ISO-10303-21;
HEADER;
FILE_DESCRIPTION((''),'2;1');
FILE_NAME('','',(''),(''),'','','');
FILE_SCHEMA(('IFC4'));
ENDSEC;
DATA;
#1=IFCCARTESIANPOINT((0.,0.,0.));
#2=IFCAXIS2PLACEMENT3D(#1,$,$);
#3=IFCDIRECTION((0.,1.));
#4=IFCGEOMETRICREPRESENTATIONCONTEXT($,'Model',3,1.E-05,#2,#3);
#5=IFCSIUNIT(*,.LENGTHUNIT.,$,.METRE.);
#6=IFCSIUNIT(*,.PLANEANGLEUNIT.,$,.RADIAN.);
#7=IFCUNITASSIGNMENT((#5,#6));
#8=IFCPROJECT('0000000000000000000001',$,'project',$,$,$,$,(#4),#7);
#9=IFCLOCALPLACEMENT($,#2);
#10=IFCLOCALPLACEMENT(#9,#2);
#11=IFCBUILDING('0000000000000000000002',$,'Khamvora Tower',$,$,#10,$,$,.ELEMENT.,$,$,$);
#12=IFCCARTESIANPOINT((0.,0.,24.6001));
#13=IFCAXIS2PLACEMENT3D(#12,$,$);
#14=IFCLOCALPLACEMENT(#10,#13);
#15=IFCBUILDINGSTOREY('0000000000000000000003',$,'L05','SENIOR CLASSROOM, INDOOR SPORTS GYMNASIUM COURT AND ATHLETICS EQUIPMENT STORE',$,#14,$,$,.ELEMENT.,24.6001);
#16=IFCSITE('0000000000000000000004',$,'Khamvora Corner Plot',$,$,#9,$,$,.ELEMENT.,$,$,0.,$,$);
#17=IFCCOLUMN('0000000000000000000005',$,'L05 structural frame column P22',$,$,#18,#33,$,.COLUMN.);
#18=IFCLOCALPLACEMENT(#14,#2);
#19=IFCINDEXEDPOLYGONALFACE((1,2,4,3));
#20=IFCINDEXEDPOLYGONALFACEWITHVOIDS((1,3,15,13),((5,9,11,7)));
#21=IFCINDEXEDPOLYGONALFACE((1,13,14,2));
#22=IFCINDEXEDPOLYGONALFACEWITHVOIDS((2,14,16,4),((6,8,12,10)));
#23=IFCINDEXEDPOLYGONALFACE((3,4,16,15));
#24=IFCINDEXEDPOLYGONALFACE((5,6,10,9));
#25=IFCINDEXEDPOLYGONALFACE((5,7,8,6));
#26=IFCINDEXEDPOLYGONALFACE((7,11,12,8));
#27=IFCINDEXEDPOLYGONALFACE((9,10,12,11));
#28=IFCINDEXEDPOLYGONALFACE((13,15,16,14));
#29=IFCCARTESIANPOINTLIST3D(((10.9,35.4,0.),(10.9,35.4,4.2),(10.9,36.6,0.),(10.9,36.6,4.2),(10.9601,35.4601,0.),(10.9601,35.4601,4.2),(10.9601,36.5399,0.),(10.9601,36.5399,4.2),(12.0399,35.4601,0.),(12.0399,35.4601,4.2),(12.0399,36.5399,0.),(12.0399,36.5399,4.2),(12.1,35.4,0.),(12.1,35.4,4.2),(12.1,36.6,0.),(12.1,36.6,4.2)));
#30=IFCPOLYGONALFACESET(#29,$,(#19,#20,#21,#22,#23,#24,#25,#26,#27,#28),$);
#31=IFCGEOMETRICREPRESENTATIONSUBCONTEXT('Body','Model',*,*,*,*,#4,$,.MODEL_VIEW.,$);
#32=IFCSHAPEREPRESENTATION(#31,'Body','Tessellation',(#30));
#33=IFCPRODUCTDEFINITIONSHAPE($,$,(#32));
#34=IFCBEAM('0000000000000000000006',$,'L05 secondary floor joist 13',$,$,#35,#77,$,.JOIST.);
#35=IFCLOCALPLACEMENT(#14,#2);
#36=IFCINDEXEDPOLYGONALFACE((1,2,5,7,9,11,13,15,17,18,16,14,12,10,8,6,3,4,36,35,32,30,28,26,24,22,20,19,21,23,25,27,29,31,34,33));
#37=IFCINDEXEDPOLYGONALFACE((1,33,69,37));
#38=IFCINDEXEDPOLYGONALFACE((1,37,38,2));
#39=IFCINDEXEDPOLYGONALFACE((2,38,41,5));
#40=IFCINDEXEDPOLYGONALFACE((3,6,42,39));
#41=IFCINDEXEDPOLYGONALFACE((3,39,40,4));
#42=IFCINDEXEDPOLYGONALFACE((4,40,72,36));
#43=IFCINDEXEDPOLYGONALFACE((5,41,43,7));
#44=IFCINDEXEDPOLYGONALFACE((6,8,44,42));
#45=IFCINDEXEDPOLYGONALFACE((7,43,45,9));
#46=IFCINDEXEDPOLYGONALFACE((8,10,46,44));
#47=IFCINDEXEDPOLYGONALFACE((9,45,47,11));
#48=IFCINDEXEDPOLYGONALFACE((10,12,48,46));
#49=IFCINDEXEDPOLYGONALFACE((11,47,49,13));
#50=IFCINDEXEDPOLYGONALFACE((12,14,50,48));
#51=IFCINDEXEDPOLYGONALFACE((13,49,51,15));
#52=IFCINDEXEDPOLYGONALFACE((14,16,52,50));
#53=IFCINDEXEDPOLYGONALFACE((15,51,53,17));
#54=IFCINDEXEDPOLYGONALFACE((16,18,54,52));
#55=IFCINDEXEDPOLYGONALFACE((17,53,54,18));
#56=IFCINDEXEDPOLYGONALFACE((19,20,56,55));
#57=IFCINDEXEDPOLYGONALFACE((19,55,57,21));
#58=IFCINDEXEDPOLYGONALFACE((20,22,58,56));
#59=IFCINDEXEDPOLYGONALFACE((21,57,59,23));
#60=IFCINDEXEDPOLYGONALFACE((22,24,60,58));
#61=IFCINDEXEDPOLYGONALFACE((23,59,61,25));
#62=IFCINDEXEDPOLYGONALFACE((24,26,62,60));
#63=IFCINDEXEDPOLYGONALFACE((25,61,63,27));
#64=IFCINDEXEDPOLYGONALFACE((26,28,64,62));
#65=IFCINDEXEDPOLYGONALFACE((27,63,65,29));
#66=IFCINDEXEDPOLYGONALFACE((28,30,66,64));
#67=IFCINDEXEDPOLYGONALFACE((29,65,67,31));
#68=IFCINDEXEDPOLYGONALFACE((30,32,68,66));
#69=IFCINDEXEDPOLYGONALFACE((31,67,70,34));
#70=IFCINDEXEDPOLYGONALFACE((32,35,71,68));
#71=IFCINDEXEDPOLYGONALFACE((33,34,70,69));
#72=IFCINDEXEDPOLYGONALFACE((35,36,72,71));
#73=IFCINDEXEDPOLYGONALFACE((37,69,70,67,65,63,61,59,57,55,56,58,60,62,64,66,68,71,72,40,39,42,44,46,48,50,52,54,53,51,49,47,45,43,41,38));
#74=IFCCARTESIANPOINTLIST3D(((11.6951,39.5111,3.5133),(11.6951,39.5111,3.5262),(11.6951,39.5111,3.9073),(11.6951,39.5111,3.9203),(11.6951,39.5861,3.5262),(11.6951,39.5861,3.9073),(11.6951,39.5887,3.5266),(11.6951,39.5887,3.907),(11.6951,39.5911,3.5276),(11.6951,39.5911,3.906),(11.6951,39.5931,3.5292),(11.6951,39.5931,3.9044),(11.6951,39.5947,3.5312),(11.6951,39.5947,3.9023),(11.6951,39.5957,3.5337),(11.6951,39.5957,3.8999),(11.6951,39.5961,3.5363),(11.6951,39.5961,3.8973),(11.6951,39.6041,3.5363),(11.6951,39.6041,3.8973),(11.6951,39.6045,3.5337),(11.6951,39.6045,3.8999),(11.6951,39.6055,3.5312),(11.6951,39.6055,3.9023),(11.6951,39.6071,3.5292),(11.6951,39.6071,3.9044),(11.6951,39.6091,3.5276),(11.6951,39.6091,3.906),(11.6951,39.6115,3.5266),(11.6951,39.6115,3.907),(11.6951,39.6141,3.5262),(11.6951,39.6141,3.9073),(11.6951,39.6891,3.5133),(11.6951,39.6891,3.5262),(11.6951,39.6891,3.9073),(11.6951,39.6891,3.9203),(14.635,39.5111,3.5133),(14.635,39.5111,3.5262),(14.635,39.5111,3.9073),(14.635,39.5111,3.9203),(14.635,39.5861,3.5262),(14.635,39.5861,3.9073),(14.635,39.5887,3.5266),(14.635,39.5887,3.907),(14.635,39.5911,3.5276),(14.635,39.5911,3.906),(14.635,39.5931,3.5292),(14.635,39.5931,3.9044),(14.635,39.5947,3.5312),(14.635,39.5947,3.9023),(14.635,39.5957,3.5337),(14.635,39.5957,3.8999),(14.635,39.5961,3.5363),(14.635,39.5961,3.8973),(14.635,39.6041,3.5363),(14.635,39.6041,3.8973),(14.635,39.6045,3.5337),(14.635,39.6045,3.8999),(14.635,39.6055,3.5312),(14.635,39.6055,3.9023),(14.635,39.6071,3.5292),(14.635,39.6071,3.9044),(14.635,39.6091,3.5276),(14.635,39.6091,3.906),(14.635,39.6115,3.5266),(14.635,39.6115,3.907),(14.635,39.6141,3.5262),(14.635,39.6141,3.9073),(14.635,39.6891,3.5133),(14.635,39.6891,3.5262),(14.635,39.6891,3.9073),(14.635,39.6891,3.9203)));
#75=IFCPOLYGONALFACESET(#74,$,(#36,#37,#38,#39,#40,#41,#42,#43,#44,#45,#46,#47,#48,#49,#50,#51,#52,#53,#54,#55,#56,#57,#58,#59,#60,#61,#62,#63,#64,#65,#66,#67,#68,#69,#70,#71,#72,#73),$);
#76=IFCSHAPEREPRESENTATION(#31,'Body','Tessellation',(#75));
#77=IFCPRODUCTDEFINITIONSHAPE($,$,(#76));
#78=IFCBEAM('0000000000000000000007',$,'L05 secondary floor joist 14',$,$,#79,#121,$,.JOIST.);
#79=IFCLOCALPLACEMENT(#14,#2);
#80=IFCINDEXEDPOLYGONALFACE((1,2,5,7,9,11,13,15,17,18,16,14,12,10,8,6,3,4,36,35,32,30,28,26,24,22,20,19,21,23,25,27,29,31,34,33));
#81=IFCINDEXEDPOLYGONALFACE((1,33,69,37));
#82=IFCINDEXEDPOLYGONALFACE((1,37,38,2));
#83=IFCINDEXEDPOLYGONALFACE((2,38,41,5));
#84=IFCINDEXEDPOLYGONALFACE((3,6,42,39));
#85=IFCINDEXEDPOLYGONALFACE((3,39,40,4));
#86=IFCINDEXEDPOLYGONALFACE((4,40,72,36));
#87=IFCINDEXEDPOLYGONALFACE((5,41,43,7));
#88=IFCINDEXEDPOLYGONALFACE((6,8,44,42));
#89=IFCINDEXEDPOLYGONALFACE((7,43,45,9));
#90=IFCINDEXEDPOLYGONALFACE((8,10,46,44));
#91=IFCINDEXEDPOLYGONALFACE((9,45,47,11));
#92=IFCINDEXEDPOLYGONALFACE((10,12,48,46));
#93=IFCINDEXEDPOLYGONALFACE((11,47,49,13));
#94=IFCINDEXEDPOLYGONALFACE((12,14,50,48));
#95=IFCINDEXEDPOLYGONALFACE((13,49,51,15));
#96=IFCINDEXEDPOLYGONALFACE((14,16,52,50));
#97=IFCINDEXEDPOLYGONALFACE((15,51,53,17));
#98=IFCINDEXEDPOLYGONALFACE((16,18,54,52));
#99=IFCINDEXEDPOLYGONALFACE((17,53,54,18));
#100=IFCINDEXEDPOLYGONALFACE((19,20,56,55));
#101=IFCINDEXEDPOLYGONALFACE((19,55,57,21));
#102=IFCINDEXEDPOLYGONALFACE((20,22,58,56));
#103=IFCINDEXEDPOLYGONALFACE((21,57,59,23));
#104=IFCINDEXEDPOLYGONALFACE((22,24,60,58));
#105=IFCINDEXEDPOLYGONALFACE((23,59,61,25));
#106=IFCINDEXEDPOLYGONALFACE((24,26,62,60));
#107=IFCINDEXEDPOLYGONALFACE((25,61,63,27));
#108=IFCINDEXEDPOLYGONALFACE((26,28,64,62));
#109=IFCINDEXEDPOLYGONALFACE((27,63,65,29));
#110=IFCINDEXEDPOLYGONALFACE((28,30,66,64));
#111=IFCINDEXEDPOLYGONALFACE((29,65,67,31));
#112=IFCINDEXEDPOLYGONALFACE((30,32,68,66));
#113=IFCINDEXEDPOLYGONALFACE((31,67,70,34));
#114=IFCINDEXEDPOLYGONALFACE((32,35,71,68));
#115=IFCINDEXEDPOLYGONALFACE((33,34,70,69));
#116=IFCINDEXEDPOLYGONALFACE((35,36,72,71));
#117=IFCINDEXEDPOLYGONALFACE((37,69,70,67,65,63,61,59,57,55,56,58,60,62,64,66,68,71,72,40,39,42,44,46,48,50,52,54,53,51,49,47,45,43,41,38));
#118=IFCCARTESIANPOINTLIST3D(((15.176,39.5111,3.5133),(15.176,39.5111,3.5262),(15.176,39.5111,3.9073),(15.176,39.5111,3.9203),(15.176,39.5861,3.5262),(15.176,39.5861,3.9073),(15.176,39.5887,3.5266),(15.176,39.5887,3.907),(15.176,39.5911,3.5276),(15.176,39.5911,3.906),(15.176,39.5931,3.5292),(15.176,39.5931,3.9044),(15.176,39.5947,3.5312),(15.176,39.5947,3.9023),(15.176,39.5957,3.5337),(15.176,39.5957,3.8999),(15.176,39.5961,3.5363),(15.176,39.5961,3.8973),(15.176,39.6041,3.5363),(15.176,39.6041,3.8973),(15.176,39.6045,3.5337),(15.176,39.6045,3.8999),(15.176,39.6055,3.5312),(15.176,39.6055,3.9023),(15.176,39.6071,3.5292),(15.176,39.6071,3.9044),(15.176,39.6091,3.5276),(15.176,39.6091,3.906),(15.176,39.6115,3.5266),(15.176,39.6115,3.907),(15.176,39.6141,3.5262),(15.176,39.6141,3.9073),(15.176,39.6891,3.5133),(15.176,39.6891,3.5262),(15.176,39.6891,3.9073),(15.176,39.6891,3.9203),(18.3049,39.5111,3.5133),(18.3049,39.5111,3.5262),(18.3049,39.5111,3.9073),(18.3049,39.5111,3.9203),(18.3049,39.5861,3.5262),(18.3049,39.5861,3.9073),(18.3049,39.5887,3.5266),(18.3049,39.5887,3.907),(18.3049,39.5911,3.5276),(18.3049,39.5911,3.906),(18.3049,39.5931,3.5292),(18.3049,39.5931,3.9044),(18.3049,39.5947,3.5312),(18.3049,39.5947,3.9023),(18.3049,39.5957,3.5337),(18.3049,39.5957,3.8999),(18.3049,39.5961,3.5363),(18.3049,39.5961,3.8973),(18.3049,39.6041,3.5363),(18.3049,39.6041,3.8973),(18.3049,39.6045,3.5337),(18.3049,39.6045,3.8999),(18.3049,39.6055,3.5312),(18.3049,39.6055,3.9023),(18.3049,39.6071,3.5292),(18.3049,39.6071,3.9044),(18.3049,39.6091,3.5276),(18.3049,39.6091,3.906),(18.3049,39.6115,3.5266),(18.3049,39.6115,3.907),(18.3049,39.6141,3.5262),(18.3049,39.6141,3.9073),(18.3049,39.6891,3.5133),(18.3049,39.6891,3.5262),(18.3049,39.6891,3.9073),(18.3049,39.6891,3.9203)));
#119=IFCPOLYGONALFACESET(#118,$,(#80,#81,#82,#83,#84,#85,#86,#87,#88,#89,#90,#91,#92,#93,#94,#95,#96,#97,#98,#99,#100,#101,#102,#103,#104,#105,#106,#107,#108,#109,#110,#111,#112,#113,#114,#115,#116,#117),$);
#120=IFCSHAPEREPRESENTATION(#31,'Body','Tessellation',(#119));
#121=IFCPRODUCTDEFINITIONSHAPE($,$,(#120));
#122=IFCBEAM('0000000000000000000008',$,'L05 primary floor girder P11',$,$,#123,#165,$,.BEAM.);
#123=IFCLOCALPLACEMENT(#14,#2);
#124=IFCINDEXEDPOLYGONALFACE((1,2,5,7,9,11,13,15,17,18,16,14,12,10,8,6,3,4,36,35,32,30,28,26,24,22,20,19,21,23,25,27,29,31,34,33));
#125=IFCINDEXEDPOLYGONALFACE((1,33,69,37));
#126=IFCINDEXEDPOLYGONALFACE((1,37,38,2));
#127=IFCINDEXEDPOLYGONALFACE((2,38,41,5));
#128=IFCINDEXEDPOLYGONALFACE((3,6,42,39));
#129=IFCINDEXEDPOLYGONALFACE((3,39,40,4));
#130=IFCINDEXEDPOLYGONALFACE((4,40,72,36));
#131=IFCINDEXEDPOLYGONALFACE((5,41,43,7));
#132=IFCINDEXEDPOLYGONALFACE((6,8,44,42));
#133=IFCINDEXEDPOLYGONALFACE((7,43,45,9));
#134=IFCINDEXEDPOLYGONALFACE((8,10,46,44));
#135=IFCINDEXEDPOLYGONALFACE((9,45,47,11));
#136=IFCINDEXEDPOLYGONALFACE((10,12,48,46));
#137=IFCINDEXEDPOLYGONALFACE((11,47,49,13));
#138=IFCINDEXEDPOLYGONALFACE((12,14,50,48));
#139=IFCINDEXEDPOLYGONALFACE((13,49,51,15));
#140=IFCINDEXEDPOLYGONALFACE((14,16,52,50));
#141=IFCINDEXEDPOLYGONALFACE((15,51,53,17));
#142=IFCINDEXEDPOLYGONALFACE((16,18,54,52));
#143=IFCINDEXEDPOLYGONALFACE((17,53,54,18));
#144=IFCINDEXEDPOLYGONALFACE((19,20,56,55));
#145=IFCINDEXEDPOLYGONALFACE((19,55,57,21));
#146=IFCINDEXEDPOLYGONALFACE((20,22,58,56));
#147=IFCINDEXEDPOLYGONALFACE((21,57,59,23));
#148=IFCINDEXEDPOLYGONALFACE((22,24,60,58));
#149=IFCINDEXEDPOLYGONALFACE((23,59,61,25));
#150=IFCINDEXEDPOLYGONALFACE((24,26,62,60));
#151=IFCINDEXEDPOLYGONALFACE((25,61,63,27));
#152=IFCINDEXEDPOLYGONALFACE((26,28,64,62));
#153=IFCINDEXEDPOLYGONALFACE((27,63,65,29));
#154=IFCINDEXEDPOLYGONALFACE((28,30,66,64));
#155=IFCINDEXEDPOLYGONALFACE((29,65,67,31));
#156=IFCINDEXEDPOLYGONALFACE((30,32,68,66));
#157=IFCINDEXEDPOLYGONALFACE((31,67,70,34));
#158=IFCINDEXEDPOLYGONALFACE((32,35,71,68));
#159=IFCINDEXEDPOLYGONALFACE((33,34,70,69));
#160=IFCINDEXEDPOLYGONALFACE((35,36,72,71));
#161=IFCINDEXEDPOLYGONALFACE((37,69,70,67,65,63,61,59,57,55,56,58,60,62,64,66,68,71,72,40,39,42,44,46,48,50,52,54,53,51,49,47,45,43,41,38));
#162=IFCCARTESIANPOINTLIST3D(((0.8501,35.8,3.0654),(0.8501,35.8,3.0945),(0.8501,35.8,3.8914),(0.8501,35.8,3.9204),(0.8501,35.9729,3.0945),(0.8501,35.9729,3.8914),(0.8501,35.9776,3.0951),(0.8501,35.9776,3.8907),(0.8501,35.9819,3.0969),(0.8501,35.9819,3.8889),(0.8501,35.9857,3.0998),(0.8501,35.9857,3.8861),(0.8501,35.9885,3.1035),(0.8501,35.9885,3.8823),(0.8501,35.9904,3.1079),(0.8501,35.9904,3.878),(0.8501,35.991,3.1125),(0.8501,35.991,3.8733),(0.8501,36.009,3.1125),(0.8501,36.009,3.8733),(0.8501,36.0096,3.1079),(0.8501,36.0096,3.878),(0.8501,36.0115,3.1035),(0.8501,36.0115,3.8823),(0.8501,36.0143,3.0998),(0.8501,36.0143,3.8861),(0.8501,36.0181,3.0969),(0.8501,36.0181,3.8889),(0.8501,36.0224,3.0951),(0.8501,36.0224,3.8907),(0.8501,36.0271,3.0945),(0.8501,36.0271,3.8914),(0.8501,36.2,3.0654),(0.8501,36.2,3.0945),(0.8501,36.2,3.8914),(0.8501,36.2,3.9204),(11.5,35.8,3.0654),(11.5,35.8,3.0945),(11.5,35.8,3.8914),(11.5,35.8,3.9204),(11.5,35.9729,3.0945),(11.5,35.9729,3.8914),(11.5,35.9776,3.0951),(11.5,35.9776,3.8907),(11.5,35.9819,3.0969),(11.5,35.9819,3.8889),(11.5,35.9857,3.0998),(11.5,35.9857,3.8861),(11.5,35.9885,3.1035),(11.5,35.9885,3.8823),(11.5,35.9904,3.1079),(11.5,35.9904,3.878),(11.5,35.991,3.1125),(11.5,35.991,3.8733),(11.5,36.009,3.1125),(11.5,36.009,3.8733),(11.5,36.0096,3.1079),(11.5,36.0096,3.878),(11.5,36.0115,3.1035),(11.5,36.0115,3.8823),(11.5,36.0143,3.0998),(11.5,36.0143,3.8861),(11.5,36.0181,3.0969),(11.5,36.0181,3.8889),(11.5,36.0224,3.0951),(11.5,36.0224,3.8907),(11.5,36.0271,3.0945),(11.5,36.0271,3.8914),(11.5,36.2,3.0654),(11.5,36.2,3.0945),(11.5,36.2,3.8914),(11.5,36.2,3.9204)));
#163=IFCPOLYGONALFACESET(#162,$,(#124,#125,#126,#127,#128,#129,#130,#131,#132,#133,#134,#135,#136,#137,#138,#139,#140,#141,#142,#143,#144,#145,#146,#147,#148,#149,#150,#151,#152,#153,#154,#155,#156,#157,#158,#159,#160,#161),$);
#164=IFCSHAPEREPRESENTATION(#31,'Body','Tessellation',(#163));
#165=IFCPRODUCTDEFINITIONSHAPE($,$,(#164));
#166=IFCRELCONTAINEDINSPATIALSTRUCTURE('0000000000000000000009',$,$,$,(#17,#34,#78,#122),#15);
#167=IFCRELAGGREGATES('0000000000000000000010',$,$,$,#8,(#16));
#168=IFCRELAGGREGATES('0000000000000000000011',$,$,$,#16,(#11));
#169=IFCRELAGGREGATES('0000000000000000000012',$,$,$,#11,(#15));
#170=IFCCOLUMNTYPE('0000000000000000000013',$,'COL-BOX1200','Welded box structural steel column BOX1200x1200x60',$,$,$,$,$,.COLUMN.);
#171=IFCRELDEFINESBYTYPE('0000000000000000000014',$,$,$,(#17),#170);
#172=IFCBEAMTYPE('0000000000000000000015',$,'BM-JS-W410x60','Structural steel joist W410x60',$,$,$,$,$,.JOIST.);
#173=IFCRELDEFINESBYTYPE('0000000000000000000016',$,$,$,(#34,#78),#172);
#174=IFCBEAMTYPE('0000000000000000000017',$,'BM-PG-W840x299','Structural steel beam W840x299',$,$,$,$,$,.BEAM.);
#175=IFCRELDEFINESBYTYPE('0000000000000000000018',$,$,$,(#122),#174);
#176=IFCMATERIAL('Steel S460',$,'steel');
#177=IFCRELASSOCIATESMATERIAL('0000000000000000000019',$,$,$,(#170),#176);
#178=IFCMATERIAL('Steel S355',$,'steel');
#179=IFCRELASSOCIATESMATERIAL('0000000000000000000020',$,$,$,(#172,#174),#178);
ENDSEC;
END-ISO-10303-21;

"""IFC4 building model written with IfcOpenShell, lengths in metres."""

from ifc_helpers import new_model, si_unit, direction, frame, origin, origin_2d, place, context, subcontext, project, spatial, hollow_rectangle, i_section, extrude, material, material_profile, profile_set, type_object, element, save


model = new_model("IFC4")

# Units and contexts
model_context = context("Model", 3, precision=1e-05, world=origin(), true_north=direction((0.0, 1.0)))
body_context = subcontext(model_context, "Body", "Model", "MODEL_VIEW")
ifc_project = project(units=[si_unit("LENGTHUNIT", "METRE"), si_unit("PLANEANGLEUNIT", "RADIAN")], contexts=[model_context])

# Site, building, storey
site_placement = place(None, origin())
site = spatial("IfcSite", under=ifc_project, at=site_placement, Name="Khamvora Corner Plot", CompositionType="ELEMENT", RefElevation=0.0)
building_placement = place(site_placement, origin())
building = spatial("IfcBuilding", under=site, at=building_placement, Name="Khamvora Tower", CompositionType="ELEMENT")
storey_placement = place(building_placement, frame((0.0, 0.0, 24.6001)))
storey = spatial("IfcBuildingStorey", under=building, at=storey_placement, Name="L05", Description="SENIOR CLASSROOM, INDOOR SPORTS GYMNASIUM COURT AND ATHLETICS EQUIPMENT STORE", CompositionType="ELEMENT", Elevation=24.6001)

# Column
ifc_material_1 = material(Name="Steel S460", Category="steel")
ifc_material_profile_1 = material_profile(ifc_material_1, hollow_rectangle(XDim=1.2, YDim=1.2, WallThickness=0.0601, at=origin_2d()), Name="BOX1200x1200x60")
ifc_profile_set_1 = profile_set([ifc_material_profile_1], Name="Steel S460")
column_type = type_object("IfcColumnType", Name="COL-BOX1200", Description="Welded box structural steel column BOX1200x1200x60", PredefinedType="COLUMN", material=ifc_profile_set_1)
column_placement = place(storey_placement, frame((11.5, 36.0, 0.0), z_axis=(0.0, 0.0, 1.0), x_axis=(1.0, 0.0, 0.0)))
element("IfcColumn", 1, at=column_placement, inside=storey, type_object=column_type, Name="L05 structural frame column P22", PredefinedType="COLUMN", context=body_context, shape_type="SweptSolid", body=[
    extrude(hollow_rectangle(XDim=1.2, YDim=1.2, WallThickness=0.0601, at=origin_2d()), origin(), (0.0, 0.0, 1.0), 4.2),
])

# Beams
ifc_material_2 = material(Name="Steel S355", Category="steel")
ifc_material_profile_2 = material_profile(ifc_material_2, i_section(OverallWidth=0.178, OverallDepth=0.407, WebThickness=0.0081, FlangeThickness=0.0129, FilletRadius=0.01, at=origin_2d()), Name="W410x60")
ifc_profile_set_2 = profile_set([ifc_material_profile_2], Name="Steel S355")
beam_type_1 = type_object("IfcBeamType", Name="BM-JS-W410x60", Description="Structural steel joist W410x60", PredefinedType="JOIST", material=ifc_profile_set_2)
beam_1_placement = place(storey_placement, frame((11.6951, 39.6001, 3.7168), z_axis=(1.0, 0.0, 0.0), x_axis=(0.0, 1.0, 0.0)))
element("IfcBeam", 2, at=beam_1_placement, inside=storey, type_object=beam_type_1, Name="L05 secondary floor joist 13", PredefinedType="JOIST", context=body_context, shape_type="SweptSolid", body=[
    extrude(i_section(OverallWidth=0.178, OverallDepth=0.407, WebThickness=0.0081, FlangeThickness=0.0129, FilletRadius=0.01, at=origin_2d()), origin(), (0.0, 0.0, 1.0), 2.9399),
])
beam_2_placement = place(storey_placement, frame((15.176, 39.6001, 3.7168), z_axis=(1.0, 0.0, 0.0), x_axis=(0.0, 1.0, 0.0)))
element("IfcBeam", 3, at=beam_2_placement, inside=storey, type_object=beam_type_1, Name="L05 secondary floor joist 14", PredefinedType="JOIST", context=body_context, shape_type="SweptSolid", body=[
    extrude(i_section(OverallWidth=0.178, OverallDepth=0.407, WebThickness=0.0081, FlangeThickness=0.0129, FilletRadius=0.01, at=origin_2d()), origin(), (0.0, 0.0, 1.0), 3.1289),
])
ifc_material_profile_3 = material_profile(ifc_material_2, i_section(OverallWidth=0.3999, OverallDepth=0.855, WebThickness=0.0181, FlangeThickness=0.0291, FilletRadius=0.0181, at=origin_2d()), Name="W840x299")
ifc_profile_set_3 = profile_set([ifc_material_profile_3], Name="Steel S355")
beam_type_2 = type_object("IfcBeamType", Name="BM-PG-W840x299", Description="Structural steel beam W840x299", PredefinedType="BEAM", material=ifc_profile_set_3)
beam_3_placement = place(storey_placement, frame((11.5, 36.0, 3.4929), z_axis=(-1.0, 0.0, 0.0), x_axis=(0.0, -1.0, 0.0)))
element("IfcBeam", 4, at=beam_3_placement, inside=storey, type_object=beam_type_2, Name="L05 primary floor girder P11", PredefinedType="BEAM", context=body_context, shape_type="SweptSolid", body=[
    extrude(i_section(OverallWidth=0.3999, OverallDepth=0.855, WebThickness=0.0181, FlangeThickness=0.0291, FilletRadius=0.0181, at=origin_2d()), origin(), (0.0, 0.0, 1.0), 10.6499),
])

save(model, "model.ifc")
